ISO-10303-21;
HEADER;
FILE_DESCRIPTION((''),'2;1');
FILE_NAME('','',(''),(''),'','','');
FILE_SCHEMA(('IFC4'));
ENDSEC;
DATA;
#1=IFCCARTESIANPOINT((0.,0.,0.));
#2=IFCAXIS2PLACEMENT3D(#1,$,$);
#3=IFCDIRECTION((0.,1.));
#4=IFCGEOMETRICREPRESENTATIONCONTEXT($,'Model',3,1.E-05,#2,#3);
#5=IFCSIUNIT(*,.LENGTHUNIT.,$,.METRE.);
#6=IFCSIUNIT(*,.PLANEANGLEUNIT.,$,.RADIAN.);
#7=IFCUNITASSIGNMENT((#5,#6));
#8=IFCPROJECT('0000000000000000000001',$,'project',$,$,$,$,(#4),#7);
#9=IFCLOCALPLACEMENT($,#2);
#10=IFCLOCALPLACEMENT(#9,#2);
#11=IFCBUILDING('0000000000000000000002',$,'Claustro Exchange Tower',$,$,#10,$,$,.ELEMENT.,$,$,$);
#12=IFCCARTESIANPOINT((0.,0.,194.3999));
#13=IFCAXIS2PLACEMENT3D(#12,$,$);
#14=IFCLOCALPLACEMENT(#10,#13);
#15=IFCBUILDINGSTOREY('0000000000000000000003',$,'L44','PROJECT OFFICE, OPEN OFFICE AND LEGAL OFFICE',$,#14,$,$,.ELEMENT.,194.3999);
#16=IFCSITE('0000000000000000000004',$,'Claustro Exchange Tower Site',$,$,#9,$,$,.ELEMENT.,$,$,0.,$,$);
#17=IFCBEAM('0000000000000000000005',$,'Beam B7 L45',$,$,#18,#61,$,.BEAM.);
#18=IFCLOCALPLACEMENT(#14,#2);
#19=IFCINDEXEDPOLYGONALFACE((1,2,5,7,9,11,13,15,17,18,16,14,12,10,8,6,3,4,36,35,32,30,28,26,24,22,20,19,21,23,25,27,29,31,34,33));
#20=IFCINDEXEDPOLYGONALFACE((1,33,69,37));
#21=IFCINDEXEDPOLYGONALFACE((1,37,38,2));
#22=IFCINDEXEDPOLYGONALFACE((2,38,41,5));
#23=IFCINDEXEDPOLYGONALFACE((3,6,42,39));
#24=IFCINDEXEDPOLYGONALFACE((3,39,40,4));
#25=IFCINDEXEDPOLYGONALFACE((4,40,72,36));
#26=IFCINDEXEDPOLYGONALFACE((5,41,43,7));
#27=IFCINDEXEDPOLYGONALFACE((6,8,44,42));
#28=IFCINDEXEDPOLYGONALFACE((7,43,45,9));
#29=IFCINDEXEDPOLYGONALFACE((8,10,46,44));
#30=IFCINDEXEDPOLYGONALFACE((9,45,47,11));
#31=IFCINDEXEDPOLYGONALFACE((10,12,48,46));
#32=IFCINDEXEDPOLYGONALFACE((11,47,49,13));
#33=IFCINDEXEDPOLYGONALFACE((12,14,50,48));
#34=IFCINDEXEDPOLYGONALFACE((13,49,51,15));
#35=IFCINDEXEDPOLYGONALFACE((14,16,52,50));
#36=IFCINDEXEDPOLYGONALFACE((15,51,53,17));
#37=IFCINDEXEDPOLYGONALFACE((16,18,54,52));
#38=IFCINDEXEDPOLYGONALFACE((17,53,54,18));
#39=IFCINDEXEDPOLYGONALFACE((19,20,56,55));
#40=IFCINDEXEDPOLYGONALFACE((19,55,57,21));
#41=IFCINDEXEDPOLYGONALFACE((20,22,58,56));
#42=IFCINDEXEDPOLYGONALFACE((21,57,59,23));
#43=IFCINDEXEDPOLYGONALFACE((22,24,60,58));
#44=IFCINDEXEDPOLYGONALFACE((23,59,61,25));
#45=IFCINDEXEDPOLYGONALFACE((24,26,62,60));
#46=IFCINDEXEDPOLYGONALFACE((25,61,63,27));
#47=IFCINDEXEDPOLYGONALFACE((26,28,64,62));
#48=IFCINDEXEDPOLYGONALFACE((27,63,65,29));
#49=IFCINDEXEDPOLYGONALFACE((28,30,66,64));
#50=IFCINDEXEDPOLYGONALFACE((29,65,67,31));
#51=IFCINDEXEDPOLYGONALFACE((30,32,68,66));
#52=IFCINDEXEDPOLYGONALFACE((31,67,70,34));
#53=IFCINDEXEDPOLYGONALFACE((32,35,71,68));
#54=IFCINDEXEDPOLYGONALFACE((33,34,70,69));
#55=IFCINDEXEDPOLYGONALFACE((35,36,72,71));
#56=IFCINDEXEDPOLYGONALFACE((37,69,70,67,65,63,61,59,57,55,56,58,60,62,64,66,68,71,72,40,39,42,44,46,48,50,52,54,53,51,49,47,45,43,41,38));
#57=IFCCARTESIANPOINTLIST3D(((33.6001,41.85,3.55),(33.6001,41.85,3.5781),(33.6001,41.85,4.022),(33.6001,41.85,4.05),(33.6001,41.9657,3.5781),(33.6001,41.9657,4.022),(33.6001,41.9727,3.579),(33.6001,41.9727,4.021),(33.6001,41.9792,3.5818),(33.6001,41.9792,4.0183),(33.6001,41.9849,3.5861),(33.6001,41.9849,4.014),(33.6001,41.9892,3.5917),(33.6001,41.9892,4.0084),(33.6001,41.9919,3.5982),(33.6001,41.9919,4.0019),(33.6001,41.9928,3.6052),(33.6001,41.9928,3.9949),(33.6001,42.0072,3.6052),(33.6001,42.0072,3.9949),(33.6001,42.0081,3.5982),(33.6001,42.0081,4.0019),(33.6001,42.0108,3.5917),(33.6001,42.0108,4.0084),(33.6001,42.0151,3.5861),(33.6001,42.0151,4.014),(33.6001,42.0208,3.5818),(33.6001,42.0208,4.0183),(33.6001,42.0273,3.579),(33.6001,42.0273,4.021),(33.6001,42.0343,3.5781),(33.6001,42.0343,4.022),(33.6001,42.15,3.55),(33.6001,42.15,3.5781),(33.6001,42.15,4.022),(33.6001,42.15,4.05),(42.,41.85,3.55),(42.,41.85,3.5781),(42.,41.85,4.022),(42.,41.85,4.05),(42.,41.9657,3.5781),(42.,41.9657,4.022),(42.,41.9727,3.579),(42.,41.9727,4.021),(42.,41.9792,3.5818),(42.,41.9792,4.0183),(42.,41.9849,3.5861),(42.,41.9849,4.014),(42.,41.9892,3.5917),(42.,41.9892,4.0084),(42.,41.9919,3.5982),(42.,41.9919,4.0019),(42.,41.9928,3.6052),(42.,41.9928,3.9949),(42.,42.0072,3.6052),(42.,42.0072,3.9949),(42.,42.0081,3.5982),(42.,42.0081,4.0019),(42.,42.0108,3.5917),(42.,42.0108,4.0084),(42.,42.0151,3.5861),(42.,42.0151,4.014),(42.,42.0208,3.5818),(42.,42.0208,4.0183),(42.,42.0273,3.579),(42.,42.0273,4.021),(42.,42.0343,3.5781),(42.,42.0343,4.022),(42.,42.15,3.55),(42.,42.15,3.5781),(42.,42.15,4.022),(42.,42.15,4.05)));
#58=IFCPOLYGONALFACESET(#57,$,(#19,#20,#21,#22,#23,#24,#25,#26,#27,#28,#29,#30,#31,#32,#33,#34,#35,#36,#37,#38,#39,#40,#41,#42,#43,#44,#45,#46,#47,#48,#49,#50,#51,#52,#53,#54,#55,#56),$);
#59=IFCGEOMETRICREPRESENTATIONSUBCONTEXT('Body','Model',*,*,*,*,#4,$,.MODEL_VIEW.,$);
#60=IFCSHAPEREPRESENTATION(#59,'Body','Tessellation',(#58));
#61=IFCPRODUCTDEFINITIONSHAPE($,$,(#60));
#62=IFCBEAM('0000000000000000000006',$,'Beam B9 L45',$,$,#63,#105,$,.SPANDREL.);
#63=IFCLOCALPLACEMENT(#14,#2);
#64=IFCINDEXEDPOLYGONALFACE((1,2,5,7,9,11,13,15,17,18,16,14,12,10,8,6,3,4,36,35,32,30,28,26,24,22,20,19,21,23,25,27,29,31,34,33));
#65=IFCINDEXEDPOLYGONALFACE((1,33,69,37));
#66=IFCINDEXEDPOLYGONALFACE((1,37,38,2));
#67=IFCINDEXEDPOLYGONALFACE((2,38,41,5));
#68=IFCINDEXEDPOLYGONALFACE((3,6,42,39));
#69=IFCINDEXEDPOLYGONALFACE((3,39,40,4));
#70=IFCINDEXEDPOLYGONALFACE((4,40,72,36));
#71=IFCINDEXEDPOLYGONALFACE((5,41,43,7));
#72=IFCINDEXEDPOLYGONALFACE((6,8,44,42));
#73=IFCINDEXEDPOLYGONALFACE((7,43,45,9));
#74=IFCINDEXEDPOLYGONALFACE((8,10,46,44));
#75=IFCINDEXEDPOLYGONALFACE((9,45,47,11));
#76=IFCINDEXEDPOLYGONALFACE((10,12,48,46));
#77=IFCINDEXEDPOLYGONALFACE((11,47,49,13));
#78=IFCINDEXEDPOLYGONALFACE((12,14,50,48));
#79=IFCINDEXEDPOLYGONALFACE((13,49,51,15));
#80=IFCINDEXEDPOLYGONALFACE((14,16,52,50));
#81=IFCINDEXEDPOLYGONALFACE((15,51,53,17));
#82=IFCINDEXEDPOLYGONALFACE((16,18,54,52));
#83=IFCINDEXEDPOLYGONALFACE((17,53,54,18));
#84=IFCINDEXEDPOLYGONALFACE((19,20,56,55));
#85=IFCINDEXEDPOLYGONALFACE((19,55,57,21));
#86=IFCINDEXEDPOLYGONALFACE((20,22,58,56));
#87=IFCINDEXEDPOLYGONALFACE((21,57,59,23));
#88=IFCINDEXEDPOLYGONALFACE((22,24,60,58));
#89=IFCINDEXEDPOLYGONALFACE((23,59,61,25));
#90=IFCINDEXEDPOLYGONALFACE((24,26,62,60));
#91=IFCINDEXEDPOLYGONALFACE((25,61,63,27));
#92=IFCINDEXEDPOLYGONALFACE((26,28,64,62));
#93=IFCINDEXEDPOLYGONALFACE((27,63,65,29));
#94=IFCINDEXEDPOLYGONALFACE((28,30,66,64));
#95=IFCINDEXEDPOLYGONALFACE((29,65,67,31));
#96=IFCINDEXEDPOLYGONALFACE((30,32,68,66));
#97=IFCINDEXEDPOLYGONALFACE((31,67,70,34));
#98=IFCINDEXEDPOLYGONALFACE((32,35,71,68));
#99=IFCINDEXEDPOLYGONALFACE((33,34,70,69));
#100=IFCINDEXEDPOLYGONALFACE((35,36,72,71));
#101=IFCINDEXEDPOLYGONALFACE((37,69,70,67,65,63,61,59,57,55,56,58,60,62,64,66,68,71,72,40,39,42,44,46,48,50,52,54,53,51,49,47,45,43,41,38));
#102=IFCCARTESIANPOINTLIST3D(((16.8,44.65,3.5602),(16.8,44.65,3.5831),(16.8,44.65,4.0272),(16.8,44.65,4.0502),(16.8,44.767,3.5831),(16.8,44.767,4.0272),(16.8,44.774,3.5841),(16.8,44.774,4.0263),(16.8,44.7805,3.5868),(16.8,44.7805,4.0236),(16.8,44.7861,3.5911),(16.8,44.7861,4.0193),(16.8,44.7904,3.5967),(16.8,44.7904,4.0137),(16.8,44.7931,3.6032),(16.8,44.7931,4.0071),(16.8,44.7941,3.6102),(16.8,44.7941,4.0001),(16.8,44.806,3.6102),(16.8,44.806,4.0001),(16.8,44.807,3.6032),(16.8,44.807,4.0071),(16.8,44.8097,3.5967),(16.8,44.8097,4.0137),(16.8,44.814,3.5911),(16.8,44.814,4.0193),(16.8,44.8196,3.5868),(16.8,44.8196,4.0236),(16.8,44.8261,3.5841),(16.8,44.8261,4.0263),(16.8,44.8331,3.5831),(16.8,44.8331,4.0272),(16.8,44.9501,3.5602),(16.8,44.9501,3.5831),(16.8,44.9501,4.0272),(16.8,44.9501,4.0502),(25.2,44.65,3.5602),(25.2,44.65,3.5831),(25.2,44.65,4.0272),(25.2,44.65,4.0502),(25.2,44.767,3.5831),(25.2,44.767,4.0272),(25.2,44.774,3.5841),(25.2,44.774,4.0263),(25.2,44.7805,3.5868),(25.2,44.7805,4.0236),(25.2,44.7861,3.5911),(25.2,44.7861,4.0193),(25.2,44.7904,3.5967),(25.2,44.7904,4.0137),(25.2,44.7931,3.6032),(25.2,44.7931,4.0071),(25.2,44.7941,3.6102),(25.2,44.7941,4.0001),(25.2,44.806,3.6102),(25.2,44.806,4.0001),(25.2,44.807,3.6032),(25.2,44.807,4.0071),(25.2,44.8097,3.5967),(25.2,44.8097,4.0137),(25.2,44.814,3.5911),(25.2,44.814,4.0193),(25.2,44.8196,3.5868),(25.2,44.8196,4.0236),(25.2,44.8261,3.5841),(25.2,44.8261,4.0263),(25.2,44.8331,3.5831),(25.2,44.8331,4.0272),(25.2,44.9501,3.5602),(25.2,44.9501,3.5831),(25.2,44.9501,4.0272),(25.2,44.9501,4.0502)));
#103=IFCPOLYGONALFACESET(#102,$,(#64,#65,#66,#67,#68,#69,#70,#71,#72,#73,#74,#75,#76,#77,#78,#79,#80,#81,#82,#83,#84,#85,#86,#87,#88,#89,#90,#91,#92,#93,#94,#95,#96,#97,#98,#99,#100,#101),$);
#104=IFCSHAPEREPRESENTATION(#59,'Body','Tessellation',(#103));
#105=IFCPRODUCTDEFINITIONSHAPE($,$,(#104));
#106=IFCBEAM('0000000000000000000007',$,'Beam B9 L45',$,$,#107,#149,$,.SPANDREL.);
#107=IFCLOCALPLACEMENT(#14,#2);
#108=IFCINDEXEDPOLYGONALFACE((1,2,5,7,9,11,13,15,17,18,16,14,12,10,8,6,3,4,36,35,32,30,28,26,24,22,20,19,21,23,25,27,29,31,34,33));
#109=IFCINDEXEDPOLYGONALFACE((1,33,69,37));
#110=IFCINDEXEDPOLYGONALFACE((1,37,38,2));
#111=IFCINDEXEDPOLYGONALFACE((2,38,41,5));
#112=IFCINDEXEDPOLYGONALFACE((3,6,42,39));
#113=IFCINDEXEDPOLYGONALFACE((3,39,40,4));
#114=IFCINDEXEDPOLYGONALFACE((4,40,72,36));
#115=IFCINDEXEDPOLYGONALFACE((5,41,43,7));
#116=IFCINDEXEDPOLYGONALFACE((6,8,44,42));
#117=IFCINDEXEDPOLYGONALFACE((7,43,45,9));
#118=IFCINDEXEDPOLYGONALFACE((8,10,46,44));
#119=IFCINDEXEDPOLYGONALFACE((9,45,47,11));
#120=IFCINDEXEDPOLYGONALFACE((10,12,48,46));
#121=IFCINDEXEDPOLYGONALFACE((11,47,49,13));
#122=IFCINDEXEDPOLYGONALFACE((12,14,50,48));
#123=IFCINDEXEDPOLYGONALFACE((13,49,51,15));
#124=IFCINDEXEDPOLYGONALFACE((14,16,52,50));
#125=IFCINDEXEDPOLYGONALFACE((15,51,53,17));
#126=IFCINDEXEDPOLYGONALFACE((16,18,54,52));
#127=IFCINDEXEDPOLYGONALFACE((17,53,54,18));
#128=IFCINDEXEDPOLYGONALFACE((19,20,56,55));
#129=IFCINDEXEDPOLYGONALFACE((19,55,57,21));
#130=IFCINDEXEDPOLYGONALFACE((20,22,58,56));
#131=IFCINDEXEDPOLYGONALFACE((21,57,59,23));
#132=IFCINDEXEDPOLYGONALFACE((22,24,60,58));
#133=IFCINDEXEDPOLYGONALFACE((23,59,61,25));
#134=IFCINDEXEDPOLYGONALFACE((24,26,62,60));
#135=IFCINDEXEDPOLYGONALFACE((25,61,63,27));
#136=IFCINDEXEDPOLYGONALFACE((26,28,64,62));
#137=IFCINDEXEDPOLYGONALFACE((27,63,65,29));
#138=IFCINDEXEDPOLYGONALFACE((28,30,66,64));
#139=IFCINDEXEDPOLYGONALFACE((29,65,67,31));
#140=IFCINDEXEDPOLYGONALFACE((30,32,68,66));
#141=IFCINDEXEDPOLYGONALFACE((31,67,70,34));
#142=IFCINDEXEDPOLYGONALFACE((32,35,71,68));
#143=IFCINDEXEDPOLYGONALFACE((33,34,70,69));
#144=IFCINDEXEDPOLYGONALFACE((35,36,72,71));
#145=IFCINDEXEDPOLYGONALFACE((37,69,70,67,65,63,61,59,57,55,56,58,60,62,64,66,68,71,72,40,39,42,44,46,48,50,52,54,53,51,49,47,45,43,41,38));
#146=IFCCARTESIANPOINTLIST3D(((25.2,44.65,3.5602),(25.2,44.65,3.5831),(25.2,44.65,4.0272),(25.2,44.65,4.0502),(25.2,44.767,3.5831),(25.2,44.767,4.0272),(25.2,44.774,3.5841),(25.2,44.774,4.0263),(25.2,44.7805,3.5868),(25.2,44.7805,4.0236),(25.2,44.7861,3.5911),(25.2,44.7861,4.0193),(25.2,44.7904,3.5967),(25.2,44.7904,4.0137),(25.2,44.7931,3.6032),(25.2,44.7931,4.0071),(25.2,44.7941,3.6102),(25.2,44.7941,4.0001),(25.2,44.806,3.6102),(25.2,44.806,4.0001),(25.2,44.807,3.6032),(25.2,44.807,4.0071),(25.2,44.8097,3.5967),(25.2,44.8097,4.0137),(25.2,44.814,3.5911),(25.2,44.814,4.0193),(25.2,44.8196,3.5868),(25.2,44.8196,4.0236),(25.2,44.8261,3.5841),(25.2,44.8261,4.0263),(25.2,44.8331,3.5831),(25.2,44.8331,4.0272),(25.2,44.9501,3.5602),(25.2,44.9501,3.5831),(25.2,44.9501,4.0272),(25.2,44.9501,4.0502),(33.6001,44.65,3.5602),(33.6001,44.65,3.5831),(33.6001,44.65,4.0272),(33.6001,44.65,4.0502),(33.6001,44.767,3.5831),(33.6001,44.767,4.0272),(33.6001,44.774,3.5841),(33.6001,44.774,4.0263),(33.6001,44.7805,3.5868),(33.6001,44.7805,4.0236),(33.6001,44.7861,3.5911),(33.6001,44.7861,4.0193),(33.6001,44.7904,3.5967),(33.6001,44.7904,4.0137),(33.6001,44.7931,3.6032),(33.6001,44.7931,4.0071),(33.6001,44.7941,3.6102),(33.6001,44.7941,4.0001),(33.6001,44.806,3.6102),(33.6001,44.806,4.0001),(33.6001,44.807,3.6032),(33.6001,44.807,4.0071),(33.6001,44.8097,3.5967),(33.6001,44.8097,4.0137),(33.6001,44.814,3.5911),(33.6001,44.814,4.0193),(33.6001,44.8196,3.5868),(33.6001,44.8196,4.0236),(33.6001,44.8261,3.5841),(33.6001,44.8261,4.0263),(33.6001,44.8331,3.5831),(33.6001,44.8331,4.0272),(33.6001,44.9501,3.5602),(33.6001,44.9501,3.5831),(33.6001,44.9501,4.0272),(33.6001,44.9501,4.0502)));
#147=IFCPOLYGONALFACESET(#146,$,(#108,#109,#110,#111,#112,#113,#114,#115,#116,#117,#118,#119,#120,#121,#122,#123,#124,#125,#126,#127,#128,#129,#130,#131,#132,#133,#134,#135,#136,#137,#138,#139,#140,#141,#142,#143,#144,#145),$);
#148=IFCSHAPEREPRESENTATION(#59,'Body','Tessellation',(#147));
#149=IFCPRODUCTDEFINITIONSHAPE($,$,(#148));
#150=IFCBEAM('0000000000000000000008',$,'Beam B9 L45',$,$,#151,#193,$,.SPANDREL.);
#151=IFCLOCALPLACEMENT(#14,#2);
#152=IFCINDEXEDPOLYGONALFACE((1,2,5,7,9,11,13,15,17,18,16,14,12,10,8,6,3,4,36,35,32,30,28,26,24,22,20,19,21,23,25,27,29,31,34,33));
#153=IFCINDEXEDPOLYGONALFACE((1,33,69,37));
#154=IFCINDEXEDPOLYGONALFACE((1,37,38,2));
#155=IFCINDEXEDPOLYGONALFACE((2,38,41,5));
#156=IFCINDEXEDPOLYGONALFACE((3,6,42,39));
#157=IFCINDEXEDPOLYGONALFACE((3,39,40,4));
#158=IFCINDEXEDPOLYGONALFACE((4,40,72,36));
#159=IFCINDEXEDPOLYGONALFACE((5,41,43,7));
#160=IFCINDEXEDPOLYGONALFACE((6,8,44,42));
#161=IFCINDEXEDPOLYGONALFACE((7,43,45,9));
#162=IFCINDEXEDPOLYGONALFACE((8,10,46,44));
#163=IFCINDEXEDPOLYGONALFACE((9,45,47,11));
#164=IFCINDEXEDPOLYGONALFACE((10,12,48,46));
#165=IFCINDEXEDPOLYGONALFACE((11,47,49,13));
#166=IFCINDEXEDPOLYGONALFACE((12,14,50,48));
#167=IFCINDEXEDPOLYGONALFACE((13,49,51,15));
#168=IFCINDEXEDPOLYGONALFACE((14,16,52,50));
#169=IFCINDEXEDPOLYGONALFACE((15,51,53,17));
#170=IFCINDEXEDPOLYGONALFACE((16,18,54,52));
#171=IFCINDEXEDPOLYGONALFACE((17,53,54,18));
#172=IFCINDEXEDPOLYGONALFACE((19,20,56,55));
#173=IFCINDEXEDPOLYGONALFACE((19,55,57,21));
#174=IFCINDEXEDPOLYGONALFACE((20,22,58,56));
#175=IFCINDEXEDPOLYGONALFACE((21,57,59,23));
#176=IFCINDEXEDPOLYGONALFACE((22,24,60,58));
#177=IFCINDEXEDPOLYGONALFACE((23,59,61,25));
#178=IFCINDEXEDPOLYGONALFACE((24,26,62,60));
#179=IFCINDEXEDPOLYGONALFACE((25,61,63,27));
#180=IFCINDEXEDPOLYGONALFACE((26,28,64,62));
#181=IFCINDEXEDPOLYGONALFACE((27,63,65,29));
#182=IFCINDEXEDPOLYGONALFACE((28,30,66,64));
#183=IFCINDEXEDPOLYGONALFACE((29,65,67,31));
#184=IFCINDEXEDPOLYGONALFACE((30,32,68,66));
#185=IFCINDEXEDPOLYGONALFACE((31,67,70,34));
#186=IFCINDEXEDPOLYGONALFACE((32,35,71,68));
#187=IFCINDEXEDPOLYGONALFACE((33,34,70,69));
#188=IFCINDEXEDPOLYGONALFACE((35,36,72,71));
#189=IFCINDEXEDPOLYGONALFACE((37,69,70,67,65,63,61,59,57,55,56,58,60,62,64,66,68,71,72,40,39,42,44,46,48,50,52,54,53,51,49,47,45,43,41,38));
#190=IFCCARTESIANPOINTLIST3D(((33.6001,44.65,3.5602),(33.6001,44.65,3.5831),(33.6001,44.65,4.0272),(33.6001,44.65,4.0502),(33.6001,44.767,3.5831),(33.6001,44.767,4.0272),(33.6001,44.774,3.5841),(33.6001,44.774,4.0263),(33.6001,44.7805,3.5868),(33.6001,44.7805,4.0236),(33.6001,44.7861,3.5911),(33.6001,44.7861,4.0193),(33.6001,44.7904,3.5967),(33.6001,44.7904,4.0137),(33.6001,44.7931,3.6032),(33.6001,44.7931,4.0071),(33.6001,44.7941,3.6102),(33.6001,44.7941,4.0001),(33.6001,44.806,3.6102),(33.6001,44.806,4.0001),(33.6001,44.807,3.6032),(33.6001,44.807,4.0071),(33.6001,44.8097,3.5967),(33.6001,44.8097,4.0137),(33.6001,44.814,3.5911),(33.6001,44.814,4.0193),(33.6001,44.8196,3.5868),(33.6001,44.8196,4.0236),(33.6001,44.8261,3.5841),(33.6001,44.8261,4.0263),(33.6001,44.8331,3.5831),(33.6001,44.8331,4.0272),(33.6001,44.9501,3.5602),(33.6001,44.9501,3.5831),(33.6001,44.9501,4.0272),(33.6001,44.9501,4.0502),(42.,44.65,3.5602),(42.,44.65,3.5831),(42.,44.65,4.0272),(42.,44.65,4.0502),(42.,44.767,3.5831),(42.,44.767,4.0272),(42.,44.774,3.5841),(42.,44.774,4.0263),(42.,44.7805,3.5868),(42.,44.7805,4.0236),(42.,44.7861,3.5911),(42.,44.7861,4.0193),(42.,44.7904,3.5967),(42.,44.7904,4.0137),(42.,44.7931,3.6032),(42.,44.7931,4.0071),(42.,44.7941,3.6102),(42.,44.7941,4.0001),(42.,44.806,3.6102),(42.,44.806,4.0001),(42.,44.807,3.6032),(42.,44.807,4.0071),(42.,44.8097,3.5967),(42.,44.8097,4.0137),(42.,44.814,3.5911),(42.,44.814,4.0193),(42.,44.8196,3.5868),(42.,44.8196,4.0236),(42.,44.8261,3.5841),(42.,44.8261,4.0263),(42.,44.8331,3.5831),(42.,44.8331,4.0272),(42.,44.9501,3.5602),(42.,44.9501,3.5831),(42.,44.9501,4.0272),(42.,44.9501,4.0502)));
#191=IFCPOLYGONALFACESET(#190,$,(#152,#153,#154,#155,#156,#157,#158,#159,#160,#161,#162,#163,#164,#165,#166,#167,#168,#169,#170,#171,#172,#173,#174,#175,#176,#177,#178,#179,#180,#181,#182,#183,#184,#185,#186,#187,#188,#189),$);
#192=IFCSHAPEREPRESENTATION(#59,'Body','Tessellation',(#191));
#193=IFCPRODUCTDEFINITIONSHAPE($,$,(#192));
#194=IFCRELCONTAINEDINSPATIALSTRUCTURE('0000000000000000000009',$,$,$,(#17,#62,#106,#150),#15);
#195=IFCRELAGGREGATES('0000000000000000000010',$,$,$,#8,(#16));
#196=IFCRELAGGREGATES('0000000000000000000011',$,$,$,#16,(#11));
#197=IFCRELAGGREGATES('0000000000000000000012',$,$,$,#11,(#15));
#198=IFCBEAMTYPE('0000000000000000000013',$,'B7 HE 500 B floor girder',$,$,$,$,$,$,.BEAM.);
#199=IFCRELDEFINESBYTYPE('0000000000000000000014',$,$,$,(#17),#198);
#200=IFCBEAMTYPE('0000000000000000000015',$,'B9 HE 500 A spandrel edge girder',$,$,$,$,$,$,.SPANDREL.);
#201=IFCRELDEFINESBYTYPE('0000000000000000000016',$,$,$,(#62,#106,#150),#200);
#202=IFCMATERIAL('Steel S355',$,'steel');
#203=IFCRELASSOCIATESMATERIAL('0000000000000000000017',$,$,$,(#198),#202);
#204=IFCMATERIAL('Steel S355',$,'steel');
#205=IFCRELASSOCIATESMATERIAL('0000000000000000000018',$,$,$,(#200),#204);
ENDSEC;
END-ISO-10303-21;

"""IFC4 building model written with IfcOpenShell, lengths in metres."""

from ifc_helpers import new_model, si_unit, direction, frame, origin, origin_2d, place, context, subcontext, project, spatial, i_section, extrude, material, material_profile, profile_set, type_object, element, save


model = new_model("IFC4")

# Units and contexts
model_context = context("Model", 3, precision=1e-05, world=origin(), true_north=direction((0.0, 1.0)))
body_context = subcontext(model_context, "Body", "Model", "MODEL_VIEW")
ifc_project = project(units=[si_unit("LENGTHUNIT", "METRE"), si_unit("PLANEANGLEUNIT", "RADIAN")], contexts=[model_context])

# Site, building, storey
site_placement = place(None, origin())
site = spatial("IfcSite", under=ifc_project, at=site_placement, Name="Claustro Exchange Tower Site", CompositionType="ELEMENT", RefElevation=0.0)
building_placement = place(site_placement, origin())
building = spatial("IfcBuilding", under=site, at=building_placement, Name="Claustro Exchange Tower", CompositionType="ELEMENT")
storey_placement = place(building_placement, frame((0.0, 0.0, 194.3999)))
storey = spatial("IfcBuildingStorey", under=building, at=storey_placement, Name="L44", Description="PROJECT OFFICE, OPEN OFFICE AND LEGAL OFFICE", CompositionType="ELEMENT", Elevation=194.3999)

# Beams
ifc_material_1 = material(Name="Steel S355", Category="steel")
ifc_material_profile_1 = material_profile(ifc_material_1, i_section(OverallWidth=0.3, OverallDepth=0.5, WebThickness=0.0144, FlangeThickness=0.0281, FilletRadius=0.0271, at=origin_2d()), Name="HE 500 B")
ifc_profile_set_1 = profile_set([ifc_material_profile_1], Name="Steel S355")
beam_type_1 = type_object("IfcBeamType", Name="B7 HE 500 B floor girder", PredefinedType="BEAM", material=ifc_profile_set_1)
beam_1_placement = place(storey_placement, frame((33.6001, 42.0, 3.8), z_axis=(1.0, 0.0, 0.0), x_axis=(0.0, 1.0, 0.0)))
element("IfcBeam", 1, at=beam_1_placement, inside=storey, type_object=beam_type_1, Name="Beam B7 L45", PredefinedType="BEAM", context=body_context, shape_type="SweptSolid", body=[
    extrude(i_section(OverallWidth=0.3, OverallDepth=0.5, WebThickness=0.0144, FlangeThickness=0.0281, FilletRadius=0.0271, at=origin_2d()), origin(), (0.0, 0.0, 1.0), 8.3999),
])
ifc_material_2 = material(Name="Steel S355", Category="steel")
ifc_material_profile_2 = material_profile(ifc_material_2, i_section(OverallWidth=0.3, OverallDepth=0.49, WebThickness=0.012, FlangeThickness=0.0229, FilletRadius=0.0271, at=origin_2d()), Name="HE 500 A")
ifc_profile_set_2 = profile_set([ifc_material_profile_2], Name="Steel S355")
beam_type_2 = type_object("IfcBeamType", Name="B9 HE 500 A spandrel edge girder", PredefinedType="SPANDREL", material=ifc_profile_set_2)
beam_2_placement = place(storey_placement, frame((16.8, 44.8, 3.8052), z_axis=(1.0, 0.0, 0.0), x_axis=(0.0, 1.0, 0.0)))
element("IfcBeam", 2, at=beam_2_placement, inside=storey, type_object=beam_type_2, Name="Beam B9 L45", PredefinedType="SPANDREL", context=body_context, shape_type="SweptSolid", body=[
    extrude(i_section(OverallWidth=0.3, OverallDepth=0.49, WebThickness=0.012, FlangeThickness=0.0229, FilletRadius=0.0271, at=origin_2d()), origin(), (0.0, 0.0, 1.0), 8.3999),
])
beam_3_placement = place(storey_placement, frame((25.2, 44.8, 3.8052), z_axis=(1.0, 0.0, 0.0), x_axis=(0.0, 1.0, 0.0)))
element("IfcBeam", 3, at=beam_3_placement, inside=storey, type_object=beam_type_2, Name="Beam B9 L45", PredefinedType="SPANDREL", context=body_context, shape_type="SweptSolid", body=[
    extrude(i_section(OverallWidth=0.3, OverallDepth=0.49, WebThickness=0.012, FlangeThickness=0.0229, FilletRadius=0.0271, at=origin_2d()), origin(), (0.0, 0.0, 1.0), 8.4001),
])
beam_4_placement = place(storey_placement, frame((33.6001, 44.8, 3.8052), z_axis=(1.0, 0.0, 0.0), x_axis=(0.0, 1.0, 0.0)))
element("IfcBeam", 4, at=beam_4_placement, inside=storey, type_object=beam_type_2, Name="Beam B9 L45", PredefinedType="SPANDREL", context=body_context, shape_type="SweptSolid", body=[
    extrude(i_section(OverallWidth=0.3, OverallDepth=0.49, WebThickness=0.012, FlangeThickness=0.0229, FilletRadius=0.0271, at=origin_2d()), origin(), (0.0, 0.0, 1.0), 8.3999),
])

save(model, "model.ifc")
